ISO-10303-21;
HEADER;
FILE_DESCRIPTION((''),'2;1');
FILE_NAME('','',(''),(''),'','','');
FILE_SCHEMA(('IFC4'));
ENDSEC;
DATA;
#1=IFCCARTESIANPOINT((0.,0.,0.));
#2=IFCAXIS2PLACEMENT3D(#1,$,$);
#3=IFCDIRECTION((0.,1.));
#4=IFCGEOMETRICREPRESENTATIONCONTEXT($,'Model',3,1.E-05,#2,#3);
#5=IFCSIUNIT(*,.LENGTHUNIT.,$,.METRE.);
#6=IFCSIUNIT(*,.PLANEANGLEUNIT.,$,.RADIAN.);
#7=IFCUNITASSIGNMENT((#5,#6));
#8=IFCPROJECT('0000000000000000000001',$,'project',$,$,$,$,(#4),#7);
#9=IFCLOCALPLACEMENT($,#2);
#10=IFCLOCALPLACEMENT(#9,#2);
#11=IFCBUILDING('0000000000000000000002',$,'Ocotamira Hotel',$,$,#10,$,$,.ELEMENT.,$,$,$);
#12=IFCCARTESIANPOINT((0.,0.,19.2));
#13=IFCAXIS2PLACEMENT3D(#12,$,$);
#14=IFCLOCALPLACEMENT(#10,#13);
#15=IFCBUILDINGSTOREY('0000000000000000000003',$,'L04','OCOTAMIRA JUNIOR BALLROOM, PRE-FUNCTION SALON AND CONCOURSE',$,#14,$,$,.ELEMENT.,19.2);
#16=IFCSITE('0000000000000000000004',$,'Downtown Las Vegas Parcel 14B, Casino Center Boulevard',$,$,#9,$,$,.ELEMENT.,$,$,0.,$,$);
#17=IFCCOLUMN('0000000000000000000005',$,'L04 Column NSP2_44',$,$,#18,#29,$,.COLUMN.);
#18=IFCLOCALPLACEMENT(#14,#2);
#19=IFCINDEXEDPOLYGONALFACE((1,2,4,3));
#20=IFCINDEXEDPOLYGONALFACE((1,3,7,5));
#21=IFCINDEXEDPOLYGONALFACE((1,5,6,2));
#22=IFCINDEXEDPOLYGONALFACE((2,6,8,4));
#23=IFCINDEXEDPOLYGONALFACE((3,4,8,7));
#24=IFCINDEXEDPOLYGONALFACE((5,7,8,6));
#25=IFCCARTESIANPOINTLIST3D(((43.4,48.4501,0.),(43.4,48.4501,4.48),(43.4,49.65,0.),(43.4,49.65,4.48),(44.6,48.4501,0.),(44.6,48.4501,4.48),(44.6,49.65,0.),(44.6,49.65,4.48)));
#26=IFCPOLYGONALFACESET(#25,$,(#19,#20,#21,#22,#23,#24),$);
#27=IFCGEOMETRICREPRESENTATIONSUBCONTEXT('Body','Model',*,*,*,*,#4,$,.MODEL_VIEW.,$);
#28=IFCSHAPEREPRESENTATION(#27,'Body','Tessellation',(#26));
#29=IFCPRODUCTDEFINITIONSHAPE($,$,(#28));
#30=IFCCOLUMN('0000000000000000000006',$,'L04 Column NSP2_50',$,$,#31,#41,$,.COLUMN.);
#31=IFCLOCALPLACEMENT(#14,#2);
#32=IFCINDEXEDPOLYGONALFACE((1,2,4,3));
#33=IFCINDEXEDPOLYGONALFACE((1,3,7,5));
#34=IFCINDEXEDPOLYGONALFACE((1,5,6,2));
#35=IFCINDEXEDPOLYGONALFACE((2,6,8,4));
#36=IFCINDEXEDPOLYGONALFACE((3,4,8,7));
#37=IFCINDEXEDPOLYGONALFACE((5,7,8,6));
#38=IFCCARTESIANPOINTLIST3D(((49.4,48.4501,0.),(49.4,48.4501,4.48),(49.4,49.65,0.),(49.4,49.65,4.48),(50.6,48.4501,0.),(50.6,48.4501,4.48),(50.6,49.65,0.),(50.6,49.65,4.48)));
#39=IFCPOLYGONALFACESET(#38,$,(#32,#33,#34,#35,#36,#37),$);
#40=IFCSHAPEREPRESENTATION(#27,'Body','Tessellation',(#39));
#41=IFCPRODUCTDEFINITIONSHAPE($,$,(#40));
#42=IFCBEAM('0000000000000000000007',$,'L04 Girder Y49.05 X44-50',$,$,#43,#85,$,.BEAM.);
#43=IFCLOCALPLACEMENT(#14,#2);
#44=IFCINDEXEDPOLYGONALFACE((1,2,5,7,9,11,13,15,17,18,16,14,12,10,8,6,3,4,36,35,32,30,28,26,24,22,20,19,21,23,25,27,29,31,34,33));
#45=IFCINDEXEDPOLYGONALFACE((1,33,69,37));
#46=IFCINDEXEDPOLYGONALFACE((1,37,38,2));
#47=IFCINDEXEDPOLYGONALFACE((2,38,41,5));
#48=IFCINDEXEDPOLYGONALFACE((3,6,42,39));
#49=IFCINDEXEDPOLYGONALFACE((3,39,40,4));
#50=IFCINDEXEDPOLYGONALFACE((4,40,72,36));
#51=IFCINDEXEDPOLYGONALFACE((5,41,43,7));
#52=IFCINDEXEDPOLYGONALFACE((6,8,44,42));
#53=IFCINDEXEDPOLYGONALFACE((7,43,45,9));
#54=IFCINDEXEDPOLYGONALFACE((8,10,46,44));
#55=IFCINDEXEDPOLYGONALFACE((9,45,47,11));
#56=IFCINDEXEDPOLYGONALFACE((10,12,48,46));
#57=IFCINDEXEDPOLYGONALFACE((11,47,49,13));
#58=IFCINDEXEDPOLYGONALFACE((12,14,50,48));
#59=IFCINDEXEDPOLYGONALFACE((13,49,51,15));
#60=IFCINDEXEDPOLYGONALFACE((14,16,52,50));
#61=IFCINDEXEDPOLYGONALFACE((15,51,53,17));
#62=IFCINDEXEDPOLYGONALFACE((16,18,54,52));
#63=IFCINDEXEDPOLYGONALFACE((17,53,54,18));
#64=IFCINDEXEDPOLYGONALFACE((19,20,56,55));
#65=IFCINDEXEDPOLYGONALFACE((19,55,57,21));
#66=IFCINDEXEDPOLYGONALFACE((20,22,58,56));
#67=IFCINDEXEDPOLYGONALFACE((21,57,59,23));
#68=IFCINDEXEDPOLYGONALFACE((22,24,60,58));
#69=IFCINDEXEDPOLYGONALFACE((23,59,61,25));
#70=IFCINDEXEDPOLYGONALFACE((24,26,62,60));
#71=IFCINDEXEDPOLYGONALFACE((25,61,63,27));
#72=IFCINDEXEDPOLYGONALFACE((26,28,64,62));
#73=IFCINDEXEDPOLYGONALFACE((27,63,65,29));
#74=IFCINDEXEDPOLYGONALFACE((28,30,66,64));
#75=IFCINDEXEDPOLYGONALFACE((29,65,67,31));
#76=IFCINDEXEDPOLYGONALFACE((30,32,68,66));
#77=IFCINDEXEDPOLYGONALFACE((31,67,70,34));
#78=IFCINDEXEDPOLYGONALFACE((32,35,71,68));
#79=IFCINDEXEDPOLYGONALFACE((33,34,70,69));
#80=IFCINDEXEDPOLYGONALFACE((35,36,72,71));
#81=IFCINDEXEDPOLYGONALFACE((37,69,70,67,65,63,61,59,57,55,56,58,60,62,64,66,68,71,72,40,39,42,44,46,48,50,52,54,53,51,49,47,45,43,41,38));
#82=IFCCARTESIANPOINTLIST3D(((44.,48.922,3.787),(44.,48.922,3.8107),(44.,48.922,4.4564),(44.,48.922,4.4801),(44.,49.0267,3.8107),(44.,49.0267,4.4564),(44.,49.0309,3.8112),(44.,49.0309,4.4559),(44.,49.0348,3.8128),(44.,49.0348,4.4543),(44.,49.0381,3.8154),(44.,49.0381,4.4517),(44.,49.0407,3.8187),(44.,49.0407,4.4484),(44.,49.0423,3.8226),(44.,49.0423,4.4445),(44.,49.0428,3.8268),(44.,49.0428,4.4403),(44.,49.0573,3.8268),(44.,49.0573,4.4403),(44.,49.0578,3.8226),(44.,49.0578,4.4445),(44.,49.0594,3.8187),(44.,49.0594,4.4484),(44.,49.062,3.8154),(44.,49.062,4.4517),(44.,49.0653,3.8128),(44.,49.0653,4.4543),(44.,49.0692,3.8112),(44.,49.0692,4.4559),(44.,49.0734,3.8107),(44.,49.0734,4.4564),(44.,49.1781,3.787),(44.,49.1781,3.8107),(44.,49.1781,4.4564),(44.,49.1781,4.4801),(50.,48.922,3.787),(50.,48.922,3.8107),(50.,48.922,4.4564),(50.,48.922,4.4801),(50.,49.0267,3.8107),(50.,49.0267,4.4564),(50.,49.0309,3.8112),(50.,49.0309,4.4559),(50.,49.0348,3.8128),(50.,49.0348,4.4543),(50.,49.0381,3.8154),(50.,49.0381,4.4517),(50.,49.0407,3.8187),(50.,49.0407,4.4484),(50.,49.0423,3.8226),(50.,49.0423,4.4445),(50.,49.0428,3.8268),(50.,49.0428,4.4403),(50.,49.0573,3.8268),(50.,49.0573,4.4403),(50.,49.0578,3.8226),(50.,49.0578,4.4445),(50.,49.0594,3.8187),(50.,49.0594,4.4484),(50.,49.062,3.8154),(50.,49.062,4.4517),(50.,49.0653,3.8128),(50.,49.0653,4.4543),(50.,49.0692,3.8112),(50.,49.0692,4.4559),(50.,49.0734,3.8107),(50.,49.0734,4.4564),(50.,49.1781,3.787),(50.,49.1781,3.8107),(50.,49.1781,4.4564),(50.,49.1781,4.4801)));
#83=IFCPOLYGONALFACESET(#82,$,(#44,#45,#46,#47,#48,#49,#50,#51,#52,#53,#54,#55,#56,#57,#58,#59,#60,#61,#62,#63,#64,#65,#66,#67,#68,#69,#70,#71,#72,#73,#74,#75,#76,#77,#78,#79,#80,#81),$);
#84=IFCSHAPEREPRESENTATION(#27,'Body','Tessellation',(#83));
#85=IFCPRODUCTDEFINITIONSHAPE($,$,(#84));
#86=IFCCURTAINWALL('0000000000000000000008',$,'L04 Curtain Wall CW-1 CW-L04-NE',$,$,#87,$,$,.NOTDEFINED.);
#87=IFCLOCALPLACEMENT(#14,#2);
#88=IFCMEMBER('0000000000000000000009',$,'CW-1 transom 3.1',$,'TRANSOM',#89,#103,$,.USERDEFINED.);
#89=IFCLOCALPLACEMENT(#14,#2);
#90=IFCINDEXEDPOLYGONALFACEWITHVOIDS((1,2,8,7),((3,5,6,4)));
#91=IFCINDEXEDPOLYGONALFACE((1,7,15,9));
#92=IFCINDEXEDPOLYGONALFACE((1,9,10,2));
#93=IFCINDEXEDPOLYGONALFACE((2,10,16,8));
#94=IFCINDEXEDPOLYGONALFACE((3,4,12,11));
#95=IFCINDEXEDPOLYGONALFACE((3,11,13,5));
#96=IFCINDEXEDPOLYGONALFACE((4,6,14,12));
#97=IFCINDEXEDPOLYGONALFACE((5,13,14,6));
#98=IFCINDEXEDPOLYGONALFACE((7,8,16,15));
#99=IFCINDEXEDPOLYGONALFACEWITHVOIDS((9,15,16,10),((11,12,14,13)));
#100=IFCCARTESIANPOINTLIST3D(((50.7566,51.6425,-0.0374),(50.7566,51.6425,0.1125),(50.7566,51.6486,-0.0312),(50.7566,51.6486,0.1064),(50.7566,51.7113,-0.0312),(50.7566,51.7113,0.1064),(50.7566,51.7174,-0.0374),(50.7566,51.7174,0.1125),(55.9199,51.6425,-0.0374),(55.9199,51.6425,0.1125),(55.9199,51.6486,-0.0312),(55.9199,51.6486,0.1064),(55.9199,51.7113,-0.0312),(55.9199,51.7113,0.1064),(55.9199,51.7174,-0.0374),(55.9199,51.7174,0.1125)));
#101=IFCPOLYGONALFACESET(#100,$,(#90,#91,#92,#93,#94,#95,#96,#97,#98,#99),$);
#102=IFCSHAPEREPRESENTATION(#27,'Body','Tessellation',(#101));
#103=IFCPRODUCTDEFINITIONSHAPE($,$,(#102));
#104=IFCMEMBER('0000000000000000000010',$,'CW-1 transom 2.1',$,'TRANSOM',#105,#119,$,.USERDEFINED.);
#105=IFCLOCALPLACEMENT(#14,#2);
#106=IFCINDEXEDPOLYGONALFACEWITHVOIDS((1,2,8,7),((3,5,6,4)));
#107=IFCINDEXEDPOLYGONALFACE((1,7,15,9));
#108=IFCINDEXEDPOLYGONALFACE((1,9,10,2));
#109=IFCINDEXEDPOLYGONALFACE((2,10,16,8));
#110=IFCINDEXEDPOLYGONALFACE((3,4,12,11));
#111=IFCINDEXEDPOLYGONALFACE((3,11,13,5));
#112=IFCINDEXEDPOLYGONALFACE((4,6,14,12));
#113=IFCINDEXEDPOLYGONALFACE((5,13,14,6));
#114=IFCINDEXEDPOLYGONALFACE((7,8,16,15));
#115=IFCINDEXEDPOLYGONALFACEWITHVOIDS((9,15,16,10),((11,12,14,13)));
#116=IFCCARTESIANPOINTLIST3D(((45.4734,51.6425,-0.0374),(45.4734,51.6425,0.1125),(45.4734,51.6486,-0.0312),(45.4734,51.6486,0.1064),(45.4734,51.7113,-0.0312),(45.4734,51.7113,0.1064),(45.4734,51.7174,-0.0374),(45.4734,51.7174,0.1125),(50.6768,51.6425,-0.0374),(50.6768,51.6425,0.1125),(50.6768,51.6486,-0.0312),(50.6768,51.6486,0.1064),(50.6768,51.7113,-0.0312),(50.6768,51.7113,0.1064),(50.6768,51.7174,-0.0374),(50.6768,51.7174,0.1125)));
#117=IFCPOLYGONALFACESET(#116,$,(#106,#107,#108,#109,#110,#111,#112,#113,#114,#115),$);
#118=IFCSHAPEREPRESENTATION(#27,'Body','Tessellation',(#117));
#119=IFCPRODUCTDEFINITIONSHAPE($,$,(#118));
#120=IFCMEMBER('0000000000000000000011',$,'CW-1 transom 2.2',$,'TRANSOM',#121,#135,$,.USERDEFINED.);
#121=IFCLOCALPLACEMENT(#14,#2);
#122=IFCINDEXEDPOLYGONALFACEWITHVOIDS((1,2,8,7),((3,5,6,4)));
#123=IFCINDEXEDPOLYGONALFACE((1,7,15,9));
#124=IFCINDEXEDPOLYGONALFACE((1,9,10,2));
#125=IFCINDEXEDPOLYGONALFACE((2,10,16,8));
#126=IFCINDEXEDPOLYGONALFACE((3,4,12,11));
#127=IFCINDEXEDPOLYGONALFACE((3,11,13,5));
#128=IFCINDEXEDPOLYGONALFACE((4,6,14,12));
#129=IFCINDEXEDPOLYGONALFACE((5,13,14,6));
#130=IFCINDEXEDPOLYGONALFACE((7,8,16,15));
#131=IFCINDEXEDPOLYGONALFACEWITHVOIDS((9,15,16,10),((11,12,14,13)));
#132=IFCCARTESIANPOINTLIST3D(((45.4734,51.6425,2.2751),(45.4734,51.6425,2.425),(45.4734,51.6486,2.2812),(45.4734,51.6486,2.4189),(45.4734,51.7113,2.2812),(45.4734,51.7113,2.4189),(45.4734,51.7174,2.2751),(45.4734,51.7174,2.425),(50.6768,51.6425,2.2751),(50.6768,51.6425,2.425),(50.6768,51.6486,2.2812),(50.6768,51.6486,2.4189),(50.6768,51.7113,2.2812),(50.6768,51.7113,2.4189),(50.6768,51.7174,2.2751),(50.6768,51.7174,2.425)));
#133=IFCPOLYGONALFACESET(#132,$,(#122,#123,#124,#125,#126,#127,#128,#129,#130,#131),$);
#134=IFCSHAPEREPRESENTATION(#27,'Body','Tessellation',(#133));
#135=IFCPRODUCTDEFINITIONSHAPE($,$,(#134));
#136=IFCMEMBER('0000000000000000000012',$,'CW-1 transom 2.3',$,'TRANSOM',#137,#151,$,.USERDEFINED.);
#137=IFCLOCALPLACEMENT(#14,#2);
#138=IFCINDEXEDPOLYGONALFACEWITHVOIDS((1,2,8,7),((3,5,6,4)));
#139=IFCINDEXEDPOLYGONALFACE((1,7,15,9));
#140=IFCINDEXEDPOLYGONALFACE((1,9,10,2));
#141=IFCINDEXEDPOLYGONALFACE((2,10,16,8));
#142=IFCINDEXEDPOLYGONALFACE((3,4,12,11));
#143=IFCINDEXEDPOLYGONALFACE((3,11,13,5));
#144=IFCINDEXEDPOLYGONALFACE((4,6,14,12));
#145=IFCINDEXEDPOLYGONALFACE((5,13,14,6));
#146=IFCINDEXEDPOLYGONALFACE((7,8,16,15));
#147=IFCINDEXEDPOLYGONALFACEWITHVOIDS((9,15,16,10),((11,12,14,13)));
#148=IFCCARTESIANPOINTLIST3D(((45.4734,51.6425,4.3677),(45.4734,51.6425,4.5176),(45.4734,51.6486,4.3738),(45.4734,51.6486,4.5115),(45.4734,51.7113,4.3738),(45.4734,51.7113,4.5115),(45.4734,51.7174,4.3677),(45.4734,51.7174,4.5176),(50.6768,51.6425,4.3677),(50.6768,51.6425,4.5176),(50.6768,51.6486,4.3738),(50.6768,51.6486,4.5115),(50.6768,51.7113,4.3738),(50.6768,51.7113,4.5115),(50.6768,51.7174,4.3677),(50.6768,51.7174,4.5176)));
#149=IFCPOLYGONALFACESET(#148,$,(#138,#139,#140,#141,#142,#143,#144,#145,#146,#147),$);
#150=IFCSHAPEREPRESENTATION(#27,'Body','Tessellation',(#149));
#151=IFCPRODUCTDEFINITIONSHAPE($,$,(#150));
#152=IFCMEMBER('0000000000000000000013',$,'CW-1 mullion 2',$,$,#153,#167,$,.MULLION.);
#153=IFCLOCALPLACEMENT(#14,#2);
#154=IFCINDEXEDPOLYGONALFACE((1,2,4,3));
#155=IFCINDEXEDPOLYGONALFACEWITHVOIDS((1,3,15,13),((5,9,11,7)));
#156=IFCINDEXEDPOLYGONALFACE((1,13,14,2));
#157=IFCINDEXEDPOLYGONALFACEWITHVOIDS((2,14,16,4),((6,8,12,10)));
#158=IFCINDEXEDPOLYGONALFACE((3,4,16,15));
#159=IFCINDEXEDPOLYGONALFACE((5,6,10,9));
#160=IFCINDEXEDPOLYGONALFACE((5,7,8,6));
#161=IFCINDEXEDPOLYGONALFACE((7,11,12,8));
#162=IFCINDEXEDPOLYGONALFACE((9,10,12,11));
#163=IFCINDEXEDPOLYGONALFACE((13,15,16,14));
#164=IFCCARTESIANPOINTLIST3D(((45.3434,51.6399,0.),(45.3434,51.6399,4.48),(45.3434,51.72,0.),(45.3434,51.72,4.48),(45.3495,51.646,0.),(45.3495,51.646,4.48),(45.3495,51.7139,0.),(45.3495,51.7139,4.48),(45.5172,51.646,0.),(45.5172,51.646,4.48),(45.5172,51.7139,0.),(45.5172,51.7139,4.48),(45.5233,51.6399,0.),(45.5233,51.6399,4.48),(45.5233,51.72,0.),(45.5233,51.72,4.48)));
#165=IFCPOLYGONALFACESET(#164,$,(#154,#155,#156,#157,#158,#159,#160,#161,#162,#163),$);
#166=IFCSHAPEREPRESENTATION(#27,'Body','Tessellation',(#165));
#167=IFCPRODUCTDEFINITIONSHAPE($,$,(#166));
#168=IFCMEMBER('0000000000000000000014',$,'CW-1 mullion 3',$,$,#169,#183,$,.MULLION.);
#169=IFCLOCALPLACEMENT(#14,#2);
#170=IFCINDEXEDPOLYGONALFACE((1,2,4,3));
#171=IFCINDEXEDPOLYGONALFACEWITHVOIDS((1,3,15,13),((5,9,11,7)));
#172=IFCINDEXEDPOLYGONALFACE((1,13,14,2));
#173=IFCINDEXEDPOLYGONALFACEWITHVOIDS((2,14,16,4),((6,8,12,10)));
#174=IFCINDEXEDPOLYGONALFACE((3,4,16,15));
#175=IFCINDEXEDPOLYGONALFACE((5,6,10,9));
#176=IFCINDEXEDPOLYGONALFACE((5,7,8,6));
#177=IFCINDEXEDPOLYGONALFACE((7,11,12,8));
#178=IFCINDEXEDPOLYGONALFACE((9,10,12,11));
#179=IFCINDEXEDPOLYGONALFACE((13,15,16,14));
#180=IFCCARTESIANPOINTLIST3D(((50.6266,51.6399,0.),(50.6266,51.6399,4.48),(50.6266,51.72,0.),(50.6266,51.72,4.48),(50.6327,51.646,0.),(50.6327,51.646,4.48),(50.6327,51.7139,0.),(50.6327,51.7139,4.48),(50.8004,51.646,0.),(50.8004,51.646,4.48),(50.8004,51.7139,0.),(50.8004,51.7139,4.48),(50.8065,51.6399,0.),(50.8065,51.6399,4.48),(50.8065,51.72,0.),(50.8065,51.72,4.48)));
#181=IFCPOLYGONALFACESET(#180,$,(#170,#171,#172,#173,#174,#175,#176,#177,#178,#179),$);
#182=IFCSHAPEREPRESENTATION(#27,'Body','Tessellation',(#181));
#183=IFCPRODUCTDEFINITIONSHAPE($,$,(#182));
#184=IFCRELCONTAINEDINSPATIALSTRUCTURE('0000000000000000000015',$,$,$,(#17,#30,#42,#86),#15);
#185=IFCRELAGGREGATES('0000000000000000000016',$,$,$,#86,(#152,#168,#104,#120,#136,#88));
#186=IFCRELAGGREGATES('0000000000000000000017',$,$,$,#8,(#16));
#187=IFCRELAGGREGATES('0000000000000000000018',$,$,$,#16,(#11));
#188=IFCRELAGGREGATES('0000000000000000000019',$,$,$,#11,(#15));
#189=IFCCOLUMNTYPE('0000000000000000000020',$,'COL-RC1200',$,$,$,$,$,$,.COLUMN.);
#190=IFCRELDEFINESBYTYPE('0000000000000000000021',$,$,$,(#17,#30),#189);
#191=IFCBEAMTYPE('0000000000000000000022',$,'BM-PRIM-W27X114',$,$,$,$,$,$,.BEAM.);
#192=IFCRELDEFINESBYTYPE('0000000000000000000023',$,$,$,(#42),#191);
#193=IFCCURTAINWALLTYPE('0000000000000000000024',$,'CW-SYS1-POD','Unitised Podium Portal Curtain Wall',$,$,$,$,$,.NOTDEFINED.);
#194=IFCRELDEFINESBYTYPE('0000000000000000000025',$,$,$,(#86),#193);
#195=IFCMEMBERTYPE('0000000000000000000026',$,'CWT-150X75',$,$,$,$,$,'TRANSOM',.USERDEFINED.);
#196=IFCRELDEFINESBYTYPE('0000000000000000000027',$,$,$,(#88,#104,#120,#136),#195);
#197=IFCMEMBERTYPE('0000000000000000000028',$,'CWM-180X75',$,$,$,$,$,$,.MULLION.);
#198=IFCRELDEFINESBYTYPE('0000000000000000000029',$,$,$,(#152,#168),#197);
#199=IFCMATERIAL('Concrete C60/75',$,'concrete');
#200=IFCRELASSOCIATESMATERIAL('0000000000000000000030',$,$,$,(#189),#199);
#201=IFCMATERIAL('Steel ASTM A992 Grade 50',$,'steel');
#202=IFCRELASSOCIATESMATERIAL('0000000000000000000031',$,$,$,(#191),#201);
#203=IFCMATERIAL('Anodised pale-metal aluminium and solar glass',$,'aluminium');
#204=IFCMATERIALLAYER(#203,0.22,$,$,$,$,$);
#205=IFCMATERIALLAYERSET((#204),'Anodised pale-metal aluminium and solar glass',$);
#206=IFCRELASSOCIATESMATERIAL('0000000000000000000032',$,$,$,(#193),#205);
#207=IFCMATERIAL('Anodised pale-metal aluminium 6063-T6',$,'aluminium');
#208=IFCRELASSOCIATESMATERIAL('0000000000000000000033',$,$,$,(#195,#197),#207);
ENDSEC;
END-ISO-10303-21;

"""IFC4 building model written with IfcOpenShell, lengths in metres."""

from ifc_helpers import new_model, si_unit, direction, frame, origin, origin_2d, place, context, subcontext, project, spatial, rectangle, hollow_rectangle, i_section, extrude, source, transform, mapped, material, layer, layer_set, material_profile, profile_set, type_object, element, aggregate, save


model = new_model("IFC4")

# Units and contexts
model_context = context("Model", 3, precision=1e-05, world=origin(), true_north=direction((0.0, 1.0)))
body_context = subcontext(model_context, "Body", "Model", "MODEL_VIEW")
ifc_project = project(units=[si_unit("LENGTHUNIT", "METRE"), si_unit("PLANEANGLEUNIT", "RADIAN")], contexts=[model_context])

# Site, building, storey
site_placement = place(None, origin())
site = spatial("IfcSite", under=ifc_project, at=site_placement, Name="Downtown Las Vegas Parcel 14B, Casino Center Boulevard", CompositionType="ELEMENT", RefElevation=0.0)
building_placement = place(site_placement, origin())
building = spatial("IfcBuilding", under=site, at=building_placement, Name="Ocotamira Hotel", CompositionType="ELEMENT")
storey_placement = place(building_placement, frame((0.0, 0.0, 19.2)))
storey = spatial("IfcBuildingStorey", under=building, at=storey_placement, Name="L04", Description="OCOTAMIRA JUNIOR BALLROOM, PRE-FUNCTION SALON AND CONCOURSE", CompositionType="ELEMENT", Elevation=19.2)

# Columns
ifc_material_1 = material(Name="Concrete C60/75", Category="concrete")
ifc_material_profile_1 = material_profile(ifc_material_1, rectangle(XDim=1.2, YDim=1.2, at=origin_2d()), Name="RC1200X1200")
ifc_profile_set_1 = profile_set([ifc_material_profile_1], Name="Concrete C60/75")
column_type = type_object("IfcColumnType", Name="COL-RC1200", PredefinedType="COLUMN", material=ifc_profile_set_1)
shared_shape_1 = source(origin(), body_context, "Body", "SweptSolid", [
    extrude(rectangle(XDim=1.2, YDim=1.2, at=origin_2d()), origin(), (0.0, 0.0, 1.0), 4.48),
])
for number, where, z_axis, x_axis, name in (
    (1, (44.0, 49.05, 0.0), (0.0, 0.0, 1.0), (1.0, 0.0, 0.0), "L04 Column NSP2_44"),
    (2, (50.0, 49.05, 0.0), (0.0, 0.0, 1.0), (1.0, 0.0, 0.0), "L04 Column NSP2_50"),
):
    element("IfcColumn", number, at=place(storey_placement, frame(where, z_axis=z_axis, x_axis=x_axis)), inside=storey, type_object=column_type, Name=name, PredefinedType="COLUMN", context=body_context, shape_type="MappedRepresentation", body=[
        mapped(shared_shape_1, transform((0.0, 0.0, 0.0), scale=1.0)),
    ])

# Beam
ifc_material_2 = material(Name="Steel ASTM A992 Grade 50", Category="steel")
ifc_material_profile_2 = material_profile(ifc_material_2, i_section(OverallWidth=0.2561, OverallDepth=0.6931, WebThickness=0.0144, FlangeThickness=0.0237, FilletRadius=0.0161, at=origin_2d()), Name="W27X114")
ifc_profile_set_2 = profile_set([ifc_material_profile_2], Name="Steel ASTM A992 Grade 50")
beam_type = type_object("IfcBeamType", Name="BM-PRIM-W27X114", PredefinedType="BEAM", material=ifc_profile_set_2)
shared_shape_2 = source(origin(), body_context, "Body", "SweptSolid", [
    extrude(i_section(OverallWidth=0.2561, OverallDepth=0.6931, WebThickness=0.0144, FlangeThickness=0.0237, FilletRadius=0.0161, at=origin_2d()), origin(), (0.0, 0.0, 1.0), 6.0),
])
beam_placement = place(storey_placement, frame((44.0, 49.05, 4.1335), z_axis=(1.0, 0.0, 0.0), x_axis=(0.0, 1.0, 0.0)))
element("IfcBeam", 3, at=beam_placement, inside=storey, type_object=beam_type, Name="L04 Girder Y49.05 X44-50", PredefinedType="BEAM", context=body_context, shape_type="MappedRepresentation", body=[
    mapped(shared_shape_2, transform((0.0, 0.0, 0.0), scale=1.0)),
])

# Curtain wall, members
ifc_material_3 = material(Name="Anodised pale-metal aluminium and solar glass", Category="aluminium")
ifc_layer_1 = layer(ifc_material_3, 0.22)
ifc_layer_set_1 = layer_set([ifc_layer_1], Name="Anodised pale-metal aluminium and solar glass")
curtain_wall_type = type_object("IfcCurtainWallType", Name="CW-SYS1-POD", Description="Unitised Podium Portal Curtain Wall", PredefinedType="NOTDEFINED", material=ifc_layer_set_1)
curtain_wall_placement = place(storey_placement, origin())
curtain_wall = element("IfcCurtainWall", 4, at=curtain_wall_placement, inside=storey, type_object=curtain_wall_type, Name="L04 Curtain Wall CW-1 CW-L04-NE", PredefinedType="NOTDEFINED")
ifc_material_4 = material(Name="Anodised pale-metal aluminium 6063-T6", Category="aluminium")
ifc_material_profile_3 = material_profile(ifc_material_4, hollow_rectangle(XDim=0.075, YDim=0.1499, WallThickness=0.0061, at=origin_2d()), Name="HSS150X75X6")
ifc_profile_set_3 = profile_set([ifc_material_profile_3], Name="Anodised pale-metal aluminium 6063-T6")
member_type_1 = type_object("IfcMemberType", Name="CWT-150X75", ElementType="TRANSOM", PredefinedType="USERDEFINED", material=ifc_profile_set_3)
shared_shape_3 = source(origin(), body_context, "Body", "SweptSolid", [
    extrude(hollow_rectangle(XDim=0.075, YDim=0.1499, WallThickness=0.0061, at=origin_2d()), origin(), (0.0, 0.0, 1.0), 5.1633),
])
member_1_placement = place(storey_placement, frame((50.7566, 51.6799, 0.0376), z_axis=(1.0, 0.0, 0.0), x_axis=(0.0, 1.0, 0.0)))
member_1 = element("IfcMember", 5, at=member_1_placement, type_object=member_type_1, Name="CW-1 transom 3.1", ObjectType="TRANSOM", PredefinedType="USERDEFINED", context=body_context, shape_type="MappedRepresentation", body=[
    mapped(shared_shape_3, transform((0.0, 0.0, 0.0), scale=1.0)),
])
shared_shape_4 = source(origin(), body_context, "Body", "SweptSolid", [
    extrude(hollow_rectangle(XDim=0.075, YDim=0.1499, WallThickness=0.0061, at=origin_2d()), origin(), (0.0, 0.0, 1.0), 5.2034),
])
member_2_placement = place(storey_placement, frame((45.4734, 51.6799, 0.0376), z_axis=(1.0, 0.0, 0.0), x_axis=(0.0, 1.0, 0.0)))
member_2 = element("IfcMember", 6, at=member_2_placement, type_object=member_type_1, Name="CW-1 transom 2.1", ObjectType="TRANSOM", PredefinedType="USERDEFINED", context=body_context, shape_type="MappedRepresentation", body=[
    mapped(shared_shape_4, transform((0.0, 0.0, 0.0), scale=1.0)),
])
member_3_placement = place(storey_placement, frame((45.4734, 51.6799, 2.3501), z_axis=(1.0, 0.0, 0.0), x_axis=(0.0, 1.0, 0.0)))
member_3 = element("IfcMember", 7, at=member_3_placement, type_object=member_type_1, Name="CW-1 transom 2.2", ObjectType="TRANSOM", PredefinedType="USERDEFINED", context=body_context, shape_type="MappedRepresentation", body=[
    mapped(shared_shape_4, transform((0.0, 0.0, 0.0), scale=1.0)),
])
member_4_placement = place(storey_placement, frame((45.4734, 51.6799, 4.4426), z_axis=(1.0, 0.0, 0.0), x_axis=(0.0, 1.0, 0.0)))
member_4 = element("IfcMember", 8, at=member_4_placement, type_object=member_type_1, Name="CW-1 transom 2.3", ObjectType="TRANSOM", PredefinedType="USERDEFINED", context=body_context, shape_type="MappedRepresentation", body=[
    mapped(shared_shape_4, transform((0.0, 0.0, 0.0), scale=1.0)),
])
ifc_material_profile_4 = material_profile(ifc_material_4, hollow_rectangle(XDim=0.0801, YDim=0.1799, WallThickness=0.0061, at=origin_2d()), Name="HSS180X80X6")
ifc_profile_set_4 = profile_set([ifc_material_profile_4], Name="Anodised pale-metal aluminium 6063-T6")
member_type_2 = type_object("IfcMemberType", Name="CWM-180X75", PredefinedType="MULLION", material=ifc_profile_set_4)
shared_shape_5 = source(origin(), body_context, "Body", "SweptSolid", [
    extrude(hollow_rectangle(XDim=0.0801, YDim=0.1799, WallThickness=0.0061, at=origin_2d()), origin(), (0.0, 0.0, 1.0), 4.48),
])
member_5_placement = place(storey_placement, frame((45.4333, 51.6799, 0.0), z_axis=(0.0, 0.0, 1.0), x_axis=(0.0, 1.0, 0.0)))
member_5 = element("IfcMember", 9, at=member_5_placement, type_object=member_type_2, Name="CW-1 mullion 2", PredefinedType="MULLION", context=body_context, shape_type="MappedRepresentation", body=[
    mapped(shared_shape_5, transform((0.0, 0.0, 0.0), scale=1.0)),
])
member_6_placement = place(storey_placement, frame((50.7166, 51.6799, 0.0), z_axis=(0.0, 0.0, 1.0), x_axis=(0.0, 1.0, 0.0)))
member_6 = element("IfcMember", 10, at=member_6_placement, type_object=member_type_2, Name="CW-1 mullion 3", PredefinedType="MULLION", context=body_context, shape_type="MappedRepresentation", body=[
    mapped(shared_shape_5, transform((0.0, 0.0, 0.0), scale=1.0)),
])
aggregate(curtain_wall, [member_5, member_6, member_2, member_3, member_4, member_1])

save(model, "model.ifc")
